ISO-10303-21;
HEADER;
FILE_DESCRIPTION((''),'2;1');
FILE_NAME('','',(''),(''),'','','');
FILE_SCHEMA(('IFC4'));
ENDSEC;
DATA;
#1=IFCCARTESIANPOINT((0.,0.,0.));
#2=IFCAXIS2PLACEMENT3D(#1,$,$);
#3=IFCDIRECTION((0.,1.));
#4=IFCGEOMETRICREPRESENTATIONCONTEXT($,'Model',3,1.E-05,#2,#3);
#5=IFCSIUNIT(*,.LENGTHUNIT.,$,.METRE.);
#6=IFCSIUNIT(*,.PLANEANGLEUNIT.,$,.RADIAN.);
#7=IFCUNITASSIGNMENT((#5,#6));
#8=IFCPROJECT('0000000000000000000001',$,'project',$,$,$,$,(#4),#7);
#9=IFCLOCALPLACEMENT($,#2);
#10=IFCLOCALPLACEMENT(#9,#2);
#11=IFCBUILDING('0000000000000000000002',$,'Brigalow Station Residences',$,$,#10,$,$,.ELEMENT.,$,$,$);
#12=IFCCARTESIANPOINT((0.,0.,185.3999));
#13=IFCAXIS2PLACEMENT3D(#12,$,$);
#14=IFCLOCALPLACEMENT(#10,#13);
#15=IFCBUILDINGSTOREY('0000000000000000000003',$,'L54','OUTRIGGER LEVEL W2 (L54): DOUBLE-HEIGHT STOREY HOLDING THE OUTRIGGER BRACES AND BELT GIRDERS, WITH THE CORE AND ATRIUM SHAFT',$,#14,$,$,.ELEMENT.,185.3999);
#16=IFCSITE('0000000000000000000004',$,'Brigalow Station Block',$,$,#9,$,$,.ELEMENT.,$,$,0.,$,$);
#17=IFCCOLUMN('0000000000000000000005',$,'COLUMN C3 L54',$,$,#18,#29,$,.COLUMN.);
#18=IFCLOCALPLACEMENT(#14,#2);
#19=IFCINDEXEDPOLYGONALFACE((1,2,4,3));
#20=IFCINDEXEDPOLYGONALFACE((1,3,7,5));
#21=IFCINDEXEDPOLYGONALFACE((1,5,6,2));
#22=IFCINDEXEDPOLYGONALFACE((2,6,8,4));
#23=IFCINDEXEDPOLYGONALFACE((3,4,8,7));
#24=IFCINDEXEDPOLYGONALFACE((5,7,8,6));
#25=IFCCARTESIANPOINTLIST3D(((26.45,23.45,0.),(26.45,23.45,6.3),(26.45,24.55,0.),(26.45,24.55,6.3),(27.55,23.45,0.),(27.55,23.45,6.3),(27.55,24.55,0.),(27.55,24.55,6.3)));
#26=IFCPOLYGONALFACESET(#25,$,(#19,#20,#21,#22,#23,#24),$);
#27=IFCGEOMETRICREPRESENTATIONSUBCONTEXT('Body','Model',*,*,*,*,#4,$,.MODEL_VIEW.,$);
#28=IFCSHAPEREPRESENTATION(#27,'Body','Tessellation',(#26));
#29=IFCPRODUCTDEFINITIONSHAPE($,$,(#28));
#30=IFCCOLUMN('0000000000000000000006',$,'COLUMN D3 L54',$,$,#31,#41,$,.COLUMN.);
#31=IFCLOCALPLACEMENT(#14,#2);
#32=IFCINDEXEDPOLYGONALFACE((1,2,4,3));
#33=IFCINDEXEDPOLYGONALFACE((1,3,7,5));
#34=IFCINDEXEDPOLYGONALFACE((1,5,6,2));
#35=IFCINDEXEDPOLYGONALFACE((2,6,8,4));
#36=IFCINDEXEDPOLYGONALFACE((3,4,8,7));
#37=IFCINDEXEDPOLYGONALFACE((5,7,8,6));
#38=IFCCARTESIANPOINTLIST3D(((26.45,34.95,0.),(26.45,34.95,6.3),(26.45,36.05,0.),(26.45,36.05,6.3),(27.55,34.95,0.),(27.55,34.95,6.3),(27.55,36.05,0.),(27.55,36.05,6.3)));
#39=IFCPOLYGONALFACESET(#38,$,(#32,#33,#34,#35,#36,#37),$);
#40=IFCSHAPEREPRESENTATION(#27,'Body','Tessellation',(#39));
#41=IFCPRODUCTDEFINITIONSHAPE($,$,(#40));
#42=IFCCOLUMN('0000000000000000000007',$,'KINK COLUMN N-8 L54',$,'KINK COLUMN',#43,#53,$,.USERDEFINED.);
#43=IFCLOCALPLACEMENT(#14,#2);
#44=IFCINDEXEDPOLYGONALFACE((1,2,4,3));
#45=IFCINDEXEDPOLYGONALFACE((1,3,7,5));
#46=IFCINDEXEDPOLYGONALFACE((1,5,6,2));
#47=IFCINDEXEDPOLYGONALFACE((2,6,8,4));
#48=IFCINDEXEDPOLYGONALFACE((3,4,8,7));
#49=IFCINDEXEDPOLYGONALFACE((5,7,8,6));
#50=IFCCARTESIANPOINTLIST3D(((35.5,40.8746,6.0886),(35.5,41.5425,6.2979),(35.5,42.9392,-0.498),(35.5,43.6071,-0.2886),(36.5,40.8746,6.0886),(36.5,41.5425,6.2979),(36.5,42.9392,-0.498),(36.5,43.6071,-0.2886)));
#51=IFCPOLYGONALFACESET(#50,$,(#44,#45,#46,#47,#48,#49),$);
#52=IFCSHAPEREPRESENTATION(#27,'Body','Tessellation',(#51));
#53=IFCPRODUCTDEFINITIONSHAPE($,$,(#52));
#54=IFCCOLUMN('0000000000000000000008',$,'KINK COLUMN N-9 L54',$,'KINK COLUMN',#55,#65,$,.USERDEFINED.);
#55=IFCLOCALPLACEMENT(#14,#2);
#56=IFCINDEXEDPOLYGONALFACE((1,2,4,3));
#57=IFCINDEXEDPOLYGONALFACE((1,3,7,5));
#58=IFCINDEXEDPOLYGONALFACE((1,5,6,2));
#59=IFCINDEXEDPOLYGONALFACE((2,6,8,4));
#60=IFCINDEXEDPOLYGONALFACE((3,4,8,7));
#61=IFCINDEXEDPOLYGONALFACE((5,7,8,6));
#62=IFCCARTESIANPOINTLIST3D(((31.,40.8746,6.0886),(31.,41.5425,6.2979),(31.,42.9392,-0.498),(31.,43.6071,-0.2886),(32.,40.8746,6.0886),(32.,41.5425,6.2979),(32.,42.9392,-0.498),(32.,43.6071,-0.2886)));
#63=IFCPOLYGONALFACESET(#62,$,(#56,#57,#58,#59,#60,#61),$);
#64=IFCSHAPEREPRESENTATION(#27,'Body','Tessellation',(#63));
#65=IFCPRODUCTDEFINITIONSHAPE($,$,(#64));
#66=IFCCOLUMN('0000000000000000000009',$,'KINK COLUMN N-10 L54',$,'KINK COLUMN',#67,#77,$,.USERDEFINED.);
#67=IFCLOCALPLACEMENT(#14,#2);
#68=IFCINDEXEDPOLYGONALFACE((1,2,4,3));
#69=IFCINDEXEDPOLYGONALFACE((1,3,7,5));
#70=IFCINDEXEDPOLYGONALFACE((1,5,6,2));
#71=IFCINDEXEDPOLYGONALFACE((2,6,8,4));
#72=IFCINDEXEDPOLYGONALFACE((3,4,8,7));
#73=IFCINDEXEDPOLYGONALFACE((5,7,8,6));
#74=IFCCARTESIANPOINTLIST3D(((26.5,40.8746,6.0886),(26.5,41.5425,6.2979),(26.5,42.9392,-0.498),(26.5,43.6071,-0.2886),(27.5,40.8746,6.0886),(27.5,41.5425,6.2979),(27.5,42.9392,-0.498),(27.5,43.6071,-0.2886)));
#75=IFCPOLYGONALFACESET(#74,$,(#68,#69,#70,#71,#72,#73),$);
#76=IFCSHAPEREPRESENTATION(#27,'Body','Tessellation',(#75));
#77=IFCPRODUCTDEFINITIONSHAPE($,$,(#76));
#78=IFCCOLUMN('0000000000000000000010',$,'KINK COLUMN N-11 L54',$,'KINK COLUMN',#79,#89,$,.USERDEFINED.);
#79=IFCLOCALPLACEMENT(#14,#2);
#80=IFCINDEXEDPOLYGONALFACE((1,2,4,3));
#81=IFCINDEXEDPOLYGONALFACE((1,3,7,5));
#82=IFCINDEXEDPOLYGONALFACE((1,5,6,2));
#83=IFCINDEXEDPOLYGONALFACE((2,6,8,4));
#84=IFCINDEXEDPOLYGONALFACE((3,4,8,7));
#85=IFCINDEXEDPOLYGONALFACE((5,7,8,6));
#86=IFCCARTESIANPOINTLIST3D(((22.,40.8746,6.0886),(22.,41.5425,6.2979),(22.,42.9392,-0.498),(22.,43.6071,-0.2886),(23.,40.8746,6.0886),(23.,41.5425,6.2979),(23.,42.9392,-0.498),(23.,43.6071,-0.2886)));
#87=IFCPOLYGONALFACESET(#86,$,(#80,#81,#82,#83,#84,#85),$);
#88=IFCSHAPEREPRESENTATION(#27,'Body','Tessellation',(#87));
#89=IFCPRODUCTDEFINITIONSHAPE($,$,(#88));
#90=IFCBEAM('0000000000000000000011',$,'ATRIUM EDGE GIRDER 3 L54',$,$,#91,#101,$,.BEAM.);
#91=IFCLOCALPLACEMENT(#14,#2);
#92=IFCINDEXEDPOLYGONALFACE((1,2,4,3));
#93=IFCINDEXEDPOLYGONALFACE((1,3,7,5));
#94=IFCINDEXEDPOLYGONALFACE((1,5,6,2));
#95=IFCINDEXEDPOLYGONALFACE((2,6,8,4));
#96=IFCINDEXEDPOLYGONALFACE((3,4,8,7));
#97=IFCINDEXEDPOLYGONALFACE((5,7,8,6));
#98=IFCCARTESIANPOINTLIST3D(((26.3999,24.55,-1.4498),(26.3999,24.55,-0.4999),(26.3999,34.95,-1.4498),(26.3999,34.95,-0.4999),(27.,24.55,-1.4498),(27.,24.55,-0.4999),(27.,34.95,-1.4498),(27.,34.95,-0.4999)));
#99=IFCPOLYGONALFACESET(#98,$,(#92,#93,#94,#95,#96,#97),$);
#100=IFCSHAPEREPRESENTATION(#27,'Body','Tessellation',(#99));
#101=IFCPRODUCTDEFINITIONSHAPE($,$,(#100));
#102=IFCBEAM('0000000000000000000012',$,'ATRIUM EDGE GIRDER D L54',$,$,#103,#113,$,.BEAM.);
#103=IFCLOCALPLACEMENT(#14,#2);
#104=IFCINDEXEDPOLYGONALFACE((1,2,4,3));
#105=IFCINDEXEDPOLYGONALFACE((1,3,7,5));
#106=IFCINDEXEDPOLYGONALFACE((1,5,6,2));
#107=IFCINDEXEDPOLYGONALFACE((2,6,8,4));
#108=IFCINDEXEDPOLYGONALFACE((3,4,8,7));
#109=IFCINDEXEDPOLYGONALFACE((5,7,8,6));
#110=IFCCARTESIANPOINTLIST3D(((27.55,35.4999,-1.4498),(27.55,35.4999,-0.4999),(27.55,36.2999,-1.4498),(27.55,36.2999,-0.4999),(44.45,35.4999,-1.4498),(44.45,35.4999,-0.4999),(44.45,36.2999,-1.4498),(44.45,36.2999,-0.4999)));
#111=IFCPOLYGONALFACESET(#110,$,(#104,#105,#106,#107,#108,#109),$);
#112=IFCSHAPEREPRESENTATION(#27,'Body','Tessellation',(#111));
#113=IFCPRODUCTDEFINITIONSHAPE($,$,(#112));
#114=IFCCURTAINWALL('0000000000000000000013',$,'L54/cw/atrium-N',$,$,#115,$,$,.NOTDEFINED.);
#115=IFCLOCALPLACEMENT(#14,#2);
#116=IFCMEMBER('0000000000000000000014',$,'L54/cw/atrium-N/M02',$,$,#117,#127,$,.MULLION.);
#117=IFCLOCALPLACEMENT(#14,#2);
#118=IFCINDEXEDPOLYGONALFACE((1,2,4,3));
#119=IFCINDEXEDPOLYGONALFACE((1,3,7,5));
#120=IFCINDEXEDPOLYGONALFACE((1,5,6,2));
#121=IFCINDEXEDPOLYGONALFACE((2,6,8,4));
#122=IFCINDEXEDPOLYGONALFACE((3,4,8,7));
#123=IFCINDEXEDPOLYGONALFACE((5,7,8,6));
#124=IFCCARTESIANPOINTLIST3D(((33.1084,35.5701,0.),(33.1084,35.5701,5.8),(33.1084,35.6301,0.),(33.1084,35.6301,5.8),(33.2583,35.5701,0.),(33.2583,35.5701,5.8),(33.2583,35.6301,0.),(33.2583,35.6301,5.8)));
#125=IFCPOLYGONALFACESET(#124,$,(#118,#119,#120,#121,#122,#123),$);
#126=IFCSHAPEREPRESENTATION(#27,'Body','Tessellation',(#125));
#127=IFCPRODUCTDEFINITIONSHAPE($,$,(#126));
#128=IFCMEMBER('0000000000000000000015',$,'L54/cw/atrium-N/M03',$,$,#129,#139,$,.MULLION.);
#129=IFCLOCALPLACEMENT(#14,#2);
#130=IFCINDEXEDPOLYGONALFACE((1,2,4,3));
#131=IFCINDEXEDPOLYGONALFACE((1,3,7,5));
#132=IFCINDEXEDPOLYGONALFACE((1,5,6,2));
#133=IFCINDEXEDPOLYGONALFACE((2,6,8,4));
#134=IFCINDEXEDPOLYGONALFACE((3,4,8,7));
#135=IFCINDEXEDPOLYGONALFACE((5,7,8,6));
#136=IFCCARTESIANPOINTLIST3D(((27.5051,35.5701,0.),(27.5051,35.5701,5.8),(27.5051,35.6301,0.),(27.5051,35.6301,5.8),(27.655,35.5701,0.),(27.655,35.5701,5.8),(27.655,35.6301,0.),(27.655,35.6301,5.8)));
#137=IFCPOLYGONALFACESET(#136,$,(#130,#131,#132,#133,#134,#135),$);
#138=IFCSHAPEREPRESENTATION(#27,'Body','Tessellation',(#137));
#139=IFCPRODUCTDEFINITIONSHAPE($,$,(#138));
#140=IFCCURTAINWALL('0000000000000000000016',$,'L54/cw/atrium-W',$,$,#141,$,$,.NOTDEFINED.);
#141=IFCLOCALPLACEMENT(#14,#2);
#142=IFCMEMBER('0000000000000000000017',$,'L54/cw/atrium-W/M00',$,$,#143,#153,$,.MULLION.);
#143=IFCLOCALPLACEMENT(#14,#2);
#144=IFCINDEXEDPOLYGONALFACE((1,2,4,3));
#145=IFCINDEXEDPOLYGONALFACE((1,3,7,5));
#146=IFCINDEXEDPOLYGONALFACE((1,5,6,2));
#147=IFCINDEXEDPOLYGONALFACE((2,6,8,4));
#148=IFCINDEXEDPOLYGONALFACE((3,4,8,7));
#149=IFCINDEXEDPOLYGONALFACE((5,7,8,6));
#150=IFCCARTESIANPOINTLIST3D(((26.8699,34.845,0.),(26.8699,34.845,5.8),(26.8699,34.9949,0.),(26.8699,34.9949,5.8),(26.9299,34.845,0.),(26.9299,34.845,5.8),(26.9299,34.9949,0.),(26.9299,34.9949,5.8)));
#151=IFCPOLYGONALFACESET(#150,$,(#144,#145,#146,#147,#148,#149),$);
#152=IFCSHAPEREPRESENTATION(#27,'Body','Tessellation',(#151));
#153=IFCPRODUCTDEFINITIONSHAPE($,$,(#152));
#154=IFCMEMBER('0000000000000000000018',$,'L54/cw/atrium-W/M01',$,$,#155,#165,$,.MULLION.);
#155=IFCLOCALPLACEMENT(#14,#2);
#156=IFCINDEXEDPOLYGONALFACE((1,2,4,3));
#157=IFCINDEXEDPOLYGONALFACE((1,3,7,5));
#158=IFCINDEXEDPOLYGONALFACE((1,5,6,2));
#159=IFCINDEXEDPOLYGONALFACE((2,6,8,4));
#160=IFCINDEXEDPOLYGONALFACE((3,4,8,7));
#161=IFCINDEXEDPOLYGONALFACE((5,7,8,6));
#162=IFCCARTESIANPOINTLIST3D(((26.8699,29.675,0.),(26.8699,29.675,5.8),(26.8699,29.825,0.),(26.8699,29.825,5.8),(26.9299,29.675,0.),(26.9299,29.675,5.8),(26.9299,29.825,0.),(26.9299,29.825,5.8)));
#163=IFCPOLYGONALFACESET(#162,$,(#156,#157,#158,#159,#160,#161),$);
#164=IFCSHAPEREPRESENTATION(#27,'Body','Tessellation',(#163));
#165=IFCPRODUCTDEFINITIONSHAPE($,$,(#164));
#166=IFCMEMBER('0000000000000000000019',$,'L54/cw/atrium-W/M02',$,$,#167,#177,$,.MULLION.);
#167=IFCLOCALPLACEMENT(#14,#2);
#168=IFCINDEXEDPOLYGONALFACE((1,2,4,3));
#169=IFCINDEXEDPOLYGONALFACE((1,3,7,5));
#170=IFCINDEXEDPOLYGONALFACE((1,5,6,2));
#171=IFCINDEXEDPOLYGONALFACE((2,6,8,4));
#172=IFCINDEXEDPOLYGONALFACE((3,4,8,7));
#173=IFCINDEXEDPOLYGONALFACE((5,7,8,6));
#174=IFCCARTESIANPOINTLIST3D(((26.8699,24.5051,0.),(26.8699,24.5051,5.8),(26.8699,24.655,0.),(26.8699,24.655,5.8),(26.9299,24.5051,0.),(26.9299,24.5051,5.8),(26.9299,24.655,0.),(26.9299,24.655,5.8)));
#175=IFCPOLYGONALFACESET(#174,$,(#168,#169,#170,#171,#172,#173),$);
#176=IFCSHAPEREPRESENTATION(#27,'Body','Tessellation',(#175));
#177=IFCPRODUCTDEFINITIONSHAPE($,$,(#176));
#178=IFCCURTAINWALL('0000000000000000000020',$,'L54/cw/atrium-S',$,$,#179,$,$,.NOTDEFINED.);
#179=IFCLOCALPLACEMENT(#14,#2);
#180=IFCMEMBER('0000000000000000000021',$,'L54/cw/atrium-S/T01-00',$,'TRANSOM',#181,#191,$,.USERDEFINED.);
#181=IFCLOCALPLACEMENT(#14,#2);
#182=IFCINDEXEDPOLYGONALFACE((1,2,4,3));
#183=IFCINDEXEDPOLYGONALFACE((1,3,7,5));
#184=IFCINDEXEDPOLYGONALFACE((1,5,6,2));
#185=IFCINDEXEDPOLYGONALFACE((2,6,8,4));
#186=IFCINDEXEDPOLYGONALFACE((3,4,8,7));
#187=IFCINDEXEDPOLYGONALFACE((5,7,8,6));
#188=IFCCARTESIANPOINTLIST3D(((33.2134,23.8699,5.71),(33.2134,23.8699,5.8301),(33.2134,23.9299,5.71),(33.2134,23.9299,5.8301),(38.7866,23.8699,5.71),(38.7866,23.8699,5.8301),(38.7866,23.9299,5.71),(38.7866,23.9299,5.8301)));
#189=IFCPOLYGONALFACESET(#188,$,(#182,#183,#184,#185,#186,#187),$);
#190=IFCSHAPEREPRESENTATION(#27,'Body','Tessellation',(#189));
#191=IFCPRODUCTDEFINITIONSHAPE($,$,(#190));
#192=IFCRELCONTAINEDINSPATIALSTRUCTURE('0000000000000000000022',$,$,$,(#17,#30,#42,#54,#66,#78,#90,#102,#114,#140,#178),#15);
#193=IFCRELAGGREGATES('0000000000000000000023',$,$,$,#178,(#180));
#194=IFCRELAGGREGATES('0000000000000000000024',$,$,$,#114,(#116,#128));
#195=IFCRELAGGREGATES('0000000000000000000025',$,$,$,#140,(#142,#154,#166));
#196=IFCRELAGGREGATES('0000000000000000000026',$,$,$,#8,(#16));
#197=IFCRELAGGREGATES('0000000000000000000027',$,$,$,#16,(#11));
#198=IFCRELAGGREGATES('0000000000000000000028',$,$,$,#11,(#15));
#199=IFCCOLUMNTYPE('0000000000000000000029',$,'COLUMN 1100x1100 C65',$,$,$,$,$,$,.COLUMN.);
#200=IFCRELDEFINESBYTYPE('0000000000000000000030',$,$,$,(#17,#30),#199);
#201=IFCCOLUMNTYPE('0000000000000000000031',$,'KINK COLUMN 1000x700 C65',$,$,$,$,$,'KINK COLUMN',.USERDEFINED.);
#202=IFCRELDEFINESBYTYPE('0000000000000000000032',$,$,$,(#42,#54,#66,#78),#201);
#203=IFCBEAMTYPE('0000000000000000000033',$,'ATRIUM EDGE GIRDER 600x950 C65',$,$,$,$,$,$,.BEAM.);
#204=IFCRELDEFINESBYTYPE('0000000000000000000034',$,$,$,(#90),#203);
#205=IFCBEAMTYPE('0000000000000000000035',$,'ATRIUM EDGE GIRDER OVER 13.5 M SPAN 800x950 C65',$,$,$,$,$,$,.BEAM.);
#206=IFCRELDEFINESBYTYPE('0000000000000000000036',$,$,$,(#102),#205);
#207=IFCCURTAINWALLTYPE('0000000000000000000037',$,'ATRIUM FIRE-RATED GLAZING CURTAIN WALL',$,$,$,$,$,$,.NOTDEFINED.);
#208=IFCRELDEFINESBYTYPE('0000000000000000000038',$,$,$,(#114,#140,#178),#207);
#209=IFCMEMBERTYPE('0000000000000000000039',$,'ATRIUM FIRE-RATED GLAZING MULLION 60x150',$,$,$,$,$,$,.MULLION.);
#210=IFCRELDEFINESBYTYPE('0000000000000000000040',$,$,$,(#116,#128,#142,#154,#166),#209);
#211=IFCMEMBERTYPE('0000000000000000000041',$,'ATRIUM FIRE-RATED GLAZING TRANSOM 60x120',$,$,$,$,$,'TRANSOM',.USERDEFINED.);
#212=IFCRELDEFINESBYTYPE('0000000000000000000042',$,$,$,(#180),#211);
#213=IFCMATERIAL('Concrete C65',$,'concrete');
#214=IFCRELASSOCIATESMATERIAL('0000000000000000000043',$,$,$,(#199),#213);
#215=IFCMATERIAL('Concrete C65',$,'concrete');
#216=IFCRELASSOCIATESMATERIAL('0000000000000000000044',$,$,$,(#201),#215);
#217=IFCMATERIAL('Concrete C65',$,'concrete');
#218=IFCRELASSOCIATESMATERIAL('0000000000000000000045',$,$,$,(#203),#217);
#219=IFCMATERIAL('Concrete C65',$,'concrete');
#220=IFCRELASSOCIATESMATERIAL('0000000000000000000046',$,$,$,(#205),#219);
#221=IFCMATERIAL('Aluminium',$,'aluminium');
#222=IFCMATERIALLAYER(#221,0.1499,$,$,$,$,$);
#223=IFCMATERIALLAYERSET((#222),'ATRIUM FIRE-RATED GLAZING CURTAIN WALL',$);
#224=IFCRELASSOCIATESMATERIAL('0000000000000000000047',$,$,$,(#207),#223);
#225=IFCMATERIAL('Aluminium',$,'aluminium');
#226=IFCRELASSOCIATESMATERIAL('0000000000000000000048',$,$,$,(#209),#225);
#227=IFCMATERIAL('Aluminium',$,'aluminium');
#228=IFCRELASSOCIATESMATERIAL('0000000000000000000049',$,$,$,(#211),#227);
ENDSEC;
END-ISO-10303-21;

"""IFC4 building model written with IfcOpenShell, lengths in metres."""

from ifc_helpers import new_model, si_unit, direction, frame, origin, origin_2d, place, context, subcontext, project, spatial, rectangle, extrude, material, layer, layer_set, material_profile, profile_set, type_object, element, aggregate, save


model = new_model("IFC4")

# Units and contexts
model_context = context("Model", 3, precision=1e-05, world=origin(), true_north=direction((0.0, 1.0)))
body_context = subcontext(model_context, "Body", "Model", "MODEL_VIEW")
ifc_project = project(units=[si_unit("LENGTHUNIT", "METRE"), si_unit("PLANEANGLEUNIT", "RADIAN")], contexts=[model_context])

# Site, building, storey
site_placement = place(None, origin())
site = spatial("IfcSite", under=ifc_project, at=site_placement, Name="Brigalow Station Block", CompositionType="ELEMENT", RefElevation=0.0)
building_placement = place(site_placement, origin())
building = spatial("IfcBuilding", under=site, at=building_placement, Name="Brigalow Station Residences", CompositionType="ELEMENT")
storey_placement = place(building_placement, frame((0.0, 0.0, 185.3999)))
storey = spatial("IfcBuildingStorey", under=building, at=storey_placement, Name="L54", Description="OUTRIGGER LEVEL W2 (L54): DOUBLE-HEIGHT STOREY HOLDING THE OUTRIGGER BRACES AND BELT GIRDERS, WITH THE CORE AND ATRIUM SHAFT", CompositionType="ELEMENT", Elevation=185.3999)

# Columns
ifc_material_1 = material(Name="Concrete C65", Category="concrete")
ifc_material_profile_1 = material_profile(ifc_material_1, rectangle(XDim=1.1001, YDim=1.1001, at=origin_2d()), Name="RC1100x1100")
ifc_profile_set_1 = profile_set([ifc_material_profile_1], Name="Concrete C65")
column_type_1 = type_object("IfcColumnType", Name="COLUMN 1100x1100 C65", PredefinedType="COLUMN", material=ifc_profile_set_1)
for number, where, z_axis, x_axis, name in (
    (1, (27.0, 24.0, 0.0), (0.0, 0.0, 1.0), (1.0, 0.0, 0.0), "COLUMN C3 L54"),
    (2, (27.0, 35.5, 0.0), (0.0, 0.0, 1.0), (1.0, 0.0, 0.0), "COLUMN D3 L54"),
):
    element("IfcColumn", number, at=place(storey_placement, frame(where, z_axis=z_axis, x_axis=x_axis)), inside=storey, type_object=column_type_1, Name=name, PredefinedType="COLUMN", context=body_context, shape_type="SweptSolid", body=[
        extrude(rectangle(XDim=1.1001, YDim=1.1001, at=origin_2d()), origin(), (0.0, 0.0, 1.0), 6.3),
    ])
ifc_material_2 = material(Name="Concrete C65", Category="concrete")
ifc_material_profile_2 = material_profile(ifc_material_2, rectangle(XDim=1.0, YDim=0.7, at=origin_2d()), Name="RC1000x700")
ifc_profile_set_2 = profile_set([ifc_material_profile_2], Name="Concrete C65")
column_type_2 = type_object("IfcColumnType", Name="KINK COLUMN 1000x700 C65", ElementType="KINK COLUMN", PredefinedType="USERDEFINED", material=ifc_profile_set_2)
for number, where, z_axis, x_axis, name in (
    (3, (36.0, 43.2732, -0.3933), (0.0, -0.299115, 0.954217), (1.0, 0.0, 0.0), "KINK COLUMN N-8 L54"),
    (4, (31.5, 43.2732, -0.3933), (0.0, -0.299115, 0.954217), (1.0, 0.0, 0.0), "KINK COLUMN N-9 L54"),
    (5, (27.0, 43.2732, -0.3933), (0.0, -0.299115, 0.954217), (1.0, 0.0, 0.0), "KINK COLUMN N-10 L54"),
    (6, (22.5, 43.2732, -0.3933), (0.0, -0.299115, 0.954217), (1.0, 0.0, 0.0), "KINK COLUMN N-11 L54"),
):
    element("IfcColumn", number, at=place(storey_placement, frame(where, z_axis=z_axis, x_axis=x_axis)), inside=storey, type_object=column_type_2, Name=name, ObjectType="KINK COLUMN", PredefinedType="USERDEFINED", context=body_context, shape_type="SweptSolid", body=[
        extrude(rectangle(XDim=1.0, YDim=0.7, at=origin_2d()), origin(), (0.0, 0.0, 1.0), 6.9026),
    ])

# Beams
ifc_material_3 = material(Name="Concrete C65", Category="concrete")
ifc_material_profile_3 = material_profile(ifc_material_3, rectangle(XDim=0.6001, YDim=0.95, at=origin_2d()), Name="RC600x950")
ifc_profile_set_3 = profile_set([ifc_material_profile_3], Name="Concrete C65")
beam_type_1 = type_object("IfcBeamType", Name="ATRIUM EDGE GIRDER 600x950 C65", PredefinedType="BEAM", material=ifc_profile_set_3)
beam_1_placement = place(storey_placement, frame((26.7, 24.55, -0.9749), z_axis=(0.0, 1.0, 0.0), x_axis=(-1.0, 0.0, 0.0)))
element("IfcBeam", 7, at=beam_1_placement, inside=storey, type_object=beam_type_1, Name="ATRIUM EDGE GIRDER 3 L54", PredefinedType="BEAM", context=body_context, shape_type="SweptSolid", body=[
    extrude(rectangle(XDim=0.6001, YDim=0.95, at=origin_2d()), origin(), (0.0, 0.0, 1.0), 10.3999),
])
ifc_material_4 = material(Name="Concrete C65", Category="concrete")
ifc_material_profile_4 = material_profile(ifc_material_4, rectangle(XDim=0.8, YDim=0.95, at=origin_2d()), Name="RC800x950")
ifc_profile_set_4 = profile_set([ifc_material_profile_4], Name="Concrete C65")
beam_type_2 = type_object("IfcBeamType", Name="ATRIUM EDGE GIRDER OVER 13.5 M SPAN 800x950 C65", PredefinedType="BEAM", material=ifc_profile_set_4)
beam_2_placement = place(storey_placement, frame((27.55, 35.8999, -0.9749), z_axis=(1.0, 0.0, 0.0), x_axis=(0.0, 1.0, 0.0)))
element("IfcBeam", 8, at=beam_2_placement, inside=storey, type_object=beam_type_2, Name="ATRIUM EDGE GIRDER D L54", PredefinedType="BEAM", context=body_context, shape_type="SweptSolid", body=[
    extrude(rectangle(XDim=0.8, YDim=0.95, at=origin_2d()), origin(), (0.0, 0.0, 1.0), 16.8999),
])

# Curtain walls, members
ifc_material_5 = material(Name="Aluminium", Category="aluminium")
ifc_layer_1 = layer(ifc_material_5, 0.1499)
ifc_layer_set_1 = layer_set([ifc_layer_1], Name="ATRIUM FIRE-RATED GLAZING CURTAIN WALL")
curtain_wall_type = type_object("IfcCurtainWallType", Name="ATRIUM FIRE-RATED GLAZING CURTAIN WALL", PredefinedType="NOTDEFINED", material=ifc_layer_set_1)
curtain_wall_1_placement = place(storey_placement, origin())
curtain_wall_1 = element("IfcCurtainWall", 9, at=curtain_wall_1_placement, inside=storey, type_object=curtain_wall_type, Name="L54/cw/atrium-N", PredefinedType="NOTDEFINED")
ifc_material_6 = material(Name="Aluminium", Category="aluminium")
ifc_material_profile_5 = material_profile(ifc_material_6, rectangle(XDim=0.0601, YDim=0.1499, at=origin_2d()), Name="ATRIUM FIRE-RATED GLAZING MULLION 60x150")
ifc_profile_set_5 = profile_set([ifc_material_profile_5], Name="Aluminium")
member_type_1 = type_object("IfcMemberType", Name="ATRIUM FIRE-RATED GLAZING MULLION 60x150", PredefinedType="MULLION", material=ifc_profile_set_5)
member_1_placement = place(storey_placement, frame((33.1833, 35.6001, 0.0), z_axis=(0.0, 0.0, 1.0), x_axis=(0.0, -1.0, 0.0)))
member_1 = element("IfcMember", 10, at=member_1_placement, type_object=member_type_1, Name="L54/cw/atrium-N/M02", PredefinedType="MULLION", context=body_context, shape_type="SweptSolid", body=[
    extrude(rectangle(XDim=0.0601, YDim=0.1499, at=origin_2d()), origin(), (0.0, 0.0, 1.0), 5.8),
])
member_2_placement = place(storey_placement, frame((27.5801, 35.6001, 0.0), z_axis=(0.0, 0.0, 1.0), x_axis=(0.0, -1.0, 0.0)))
member_2 = element("IfcMember", 11, at=member_2_placement, type_object=member_type_1, Name="L54/cw/atrium-N/M03", PredefinedType="MULLION", context=body_context, shape_type="SweptSolid", body=[
    extrude(rectangle(XDim=0.0601, YDim=0.1499, at=origin_2d()), origin(), (0.0, 0.0, 1.0), 5.8),
])
curtain_wall_2_placement = place(storey_placement, origin())
curtain_wall_2 = element("IfcCurtainWall", 12, at=curtain_wall_2_placement, inside=storey, type_object=curtain_wall_type, Name="L54/cw/atrium-W", PredefinedType="NOTDEFINED")
member_3_placement = place(storey_placement, frame((26.8999, 34.9199, 0.0), z_axis=(0.0, 0.0, 1.0), x_axis=(1.0, 0.0, 0.0)))
member_3 = element("IfcMember", 13, at=member_3_placement, type_object=member_type_1, Name="L54/cw/atrium-W/M00", PredefinedType="MULLION", context=body_context, shape_type="SweptSolid", body=[
    extrude(rectangle(XDim=0.0601, YDim=0.1499, at=origin_2d()), origin(), (0.0, 0.0, 1.0), 5.8),
])
member_4_placement = place(storey_placement, frame((26.8999, 29.75, 0.0), z_axis=(0.0, 0.0, 1.0), x_axis=(1.0, 0.0, 0.0)))
member_4 = element("IfcMember", 14, at=member_4_placement, type_object=member_type_1, Name="L54/cw/atrium-W/M01", PredefinedType="MULLION", context=body_context, shape_type="SweptSolid", body=[
    extrude(rectangle(XDim=0.0601, YDim=0.1499, at=origin_2d()), origin(), (0.0, 0.0, 1.0), 5.8),
])
member_5_placement = place(storey_placement, frame((26.8999, 24.5801, 0.0), z_axis=(0.0, 0.0, 1.0), x_axis=(1.0, 0.0, 0.0)))
member_5 = element("IfcMember", 15, at=member_5_placement, type_object=member_type_1, Name="L54/cw/atrium-W/M02", PredefinedType="MULLION", context=body_context, shape_type="SweptSolid", body=[
    extrude(rectangle(XDim=0.0601, YDim=0.1499, at=origin_2d()), origin(), (0.0, 0.0, 1.0), 5.8),
])

# Curtain wall, member
curtain_wall_3_placement = place(storey_placement, origin())
curtain_wall_3 = element("IfcCurtainWall", 16, at=curtain_wall_3_placement, inside=storey, type_object=curtain_wall_type, Name="L54/cw/atrium-S", PredefinedType="NOTDEFINED")
ifc_material_7 = material(Name="Aluminium", Category="aluminium")
ifc_material_profile_6 = material_profile(ifc_material_7, rectangle(XDim=0.0601, YDim=0.1201, at=origin_2d()), Name="ATRIUM FIRE-RATED GLAZING TRANSOM 60x120")
ifc_profile_set_6 = profile_set([ifc_material_profile_6], Name="Aluminium")
member_type_2 = type_object("IfcMemberType", Name="ATRIUM FIRE-RATED GLAZING TRANSOM 60x120", ElementType="TRANSOM", PredefinedType="USERDEFINED", material=ifc_profile_set_6)
member_6_placement = place(storey_placement, frame((33.2134, 23.8999, 5.77), z_axis=(1.0, 0.0, 0.0), x_axis=(0.0, 1.0, 0.0)))
member_6 = element("IfcMember", 17, at=member_6_placement, type_object=member_type_2, Name="L54/cw/atrium-S/T01-00", ObjectType="TRANSOM", PredefinedType="USERDEFINED", context=body_context, shape_type="SweptSolid", body=[
    extrude(rectangle(XDim=0.0601, YDim=0.1201, at=origin_2d()), origin(), (0.0, 0.0, 1.0), 5.5732),
])

aggregate(curtain_wall_3, [member_6])
aggregate(curtain_wall_1, [member_1, member_2])
aggregate(curtain_wall_2, [member_3, member_4, member_5])

save(model, "model.ifc")
